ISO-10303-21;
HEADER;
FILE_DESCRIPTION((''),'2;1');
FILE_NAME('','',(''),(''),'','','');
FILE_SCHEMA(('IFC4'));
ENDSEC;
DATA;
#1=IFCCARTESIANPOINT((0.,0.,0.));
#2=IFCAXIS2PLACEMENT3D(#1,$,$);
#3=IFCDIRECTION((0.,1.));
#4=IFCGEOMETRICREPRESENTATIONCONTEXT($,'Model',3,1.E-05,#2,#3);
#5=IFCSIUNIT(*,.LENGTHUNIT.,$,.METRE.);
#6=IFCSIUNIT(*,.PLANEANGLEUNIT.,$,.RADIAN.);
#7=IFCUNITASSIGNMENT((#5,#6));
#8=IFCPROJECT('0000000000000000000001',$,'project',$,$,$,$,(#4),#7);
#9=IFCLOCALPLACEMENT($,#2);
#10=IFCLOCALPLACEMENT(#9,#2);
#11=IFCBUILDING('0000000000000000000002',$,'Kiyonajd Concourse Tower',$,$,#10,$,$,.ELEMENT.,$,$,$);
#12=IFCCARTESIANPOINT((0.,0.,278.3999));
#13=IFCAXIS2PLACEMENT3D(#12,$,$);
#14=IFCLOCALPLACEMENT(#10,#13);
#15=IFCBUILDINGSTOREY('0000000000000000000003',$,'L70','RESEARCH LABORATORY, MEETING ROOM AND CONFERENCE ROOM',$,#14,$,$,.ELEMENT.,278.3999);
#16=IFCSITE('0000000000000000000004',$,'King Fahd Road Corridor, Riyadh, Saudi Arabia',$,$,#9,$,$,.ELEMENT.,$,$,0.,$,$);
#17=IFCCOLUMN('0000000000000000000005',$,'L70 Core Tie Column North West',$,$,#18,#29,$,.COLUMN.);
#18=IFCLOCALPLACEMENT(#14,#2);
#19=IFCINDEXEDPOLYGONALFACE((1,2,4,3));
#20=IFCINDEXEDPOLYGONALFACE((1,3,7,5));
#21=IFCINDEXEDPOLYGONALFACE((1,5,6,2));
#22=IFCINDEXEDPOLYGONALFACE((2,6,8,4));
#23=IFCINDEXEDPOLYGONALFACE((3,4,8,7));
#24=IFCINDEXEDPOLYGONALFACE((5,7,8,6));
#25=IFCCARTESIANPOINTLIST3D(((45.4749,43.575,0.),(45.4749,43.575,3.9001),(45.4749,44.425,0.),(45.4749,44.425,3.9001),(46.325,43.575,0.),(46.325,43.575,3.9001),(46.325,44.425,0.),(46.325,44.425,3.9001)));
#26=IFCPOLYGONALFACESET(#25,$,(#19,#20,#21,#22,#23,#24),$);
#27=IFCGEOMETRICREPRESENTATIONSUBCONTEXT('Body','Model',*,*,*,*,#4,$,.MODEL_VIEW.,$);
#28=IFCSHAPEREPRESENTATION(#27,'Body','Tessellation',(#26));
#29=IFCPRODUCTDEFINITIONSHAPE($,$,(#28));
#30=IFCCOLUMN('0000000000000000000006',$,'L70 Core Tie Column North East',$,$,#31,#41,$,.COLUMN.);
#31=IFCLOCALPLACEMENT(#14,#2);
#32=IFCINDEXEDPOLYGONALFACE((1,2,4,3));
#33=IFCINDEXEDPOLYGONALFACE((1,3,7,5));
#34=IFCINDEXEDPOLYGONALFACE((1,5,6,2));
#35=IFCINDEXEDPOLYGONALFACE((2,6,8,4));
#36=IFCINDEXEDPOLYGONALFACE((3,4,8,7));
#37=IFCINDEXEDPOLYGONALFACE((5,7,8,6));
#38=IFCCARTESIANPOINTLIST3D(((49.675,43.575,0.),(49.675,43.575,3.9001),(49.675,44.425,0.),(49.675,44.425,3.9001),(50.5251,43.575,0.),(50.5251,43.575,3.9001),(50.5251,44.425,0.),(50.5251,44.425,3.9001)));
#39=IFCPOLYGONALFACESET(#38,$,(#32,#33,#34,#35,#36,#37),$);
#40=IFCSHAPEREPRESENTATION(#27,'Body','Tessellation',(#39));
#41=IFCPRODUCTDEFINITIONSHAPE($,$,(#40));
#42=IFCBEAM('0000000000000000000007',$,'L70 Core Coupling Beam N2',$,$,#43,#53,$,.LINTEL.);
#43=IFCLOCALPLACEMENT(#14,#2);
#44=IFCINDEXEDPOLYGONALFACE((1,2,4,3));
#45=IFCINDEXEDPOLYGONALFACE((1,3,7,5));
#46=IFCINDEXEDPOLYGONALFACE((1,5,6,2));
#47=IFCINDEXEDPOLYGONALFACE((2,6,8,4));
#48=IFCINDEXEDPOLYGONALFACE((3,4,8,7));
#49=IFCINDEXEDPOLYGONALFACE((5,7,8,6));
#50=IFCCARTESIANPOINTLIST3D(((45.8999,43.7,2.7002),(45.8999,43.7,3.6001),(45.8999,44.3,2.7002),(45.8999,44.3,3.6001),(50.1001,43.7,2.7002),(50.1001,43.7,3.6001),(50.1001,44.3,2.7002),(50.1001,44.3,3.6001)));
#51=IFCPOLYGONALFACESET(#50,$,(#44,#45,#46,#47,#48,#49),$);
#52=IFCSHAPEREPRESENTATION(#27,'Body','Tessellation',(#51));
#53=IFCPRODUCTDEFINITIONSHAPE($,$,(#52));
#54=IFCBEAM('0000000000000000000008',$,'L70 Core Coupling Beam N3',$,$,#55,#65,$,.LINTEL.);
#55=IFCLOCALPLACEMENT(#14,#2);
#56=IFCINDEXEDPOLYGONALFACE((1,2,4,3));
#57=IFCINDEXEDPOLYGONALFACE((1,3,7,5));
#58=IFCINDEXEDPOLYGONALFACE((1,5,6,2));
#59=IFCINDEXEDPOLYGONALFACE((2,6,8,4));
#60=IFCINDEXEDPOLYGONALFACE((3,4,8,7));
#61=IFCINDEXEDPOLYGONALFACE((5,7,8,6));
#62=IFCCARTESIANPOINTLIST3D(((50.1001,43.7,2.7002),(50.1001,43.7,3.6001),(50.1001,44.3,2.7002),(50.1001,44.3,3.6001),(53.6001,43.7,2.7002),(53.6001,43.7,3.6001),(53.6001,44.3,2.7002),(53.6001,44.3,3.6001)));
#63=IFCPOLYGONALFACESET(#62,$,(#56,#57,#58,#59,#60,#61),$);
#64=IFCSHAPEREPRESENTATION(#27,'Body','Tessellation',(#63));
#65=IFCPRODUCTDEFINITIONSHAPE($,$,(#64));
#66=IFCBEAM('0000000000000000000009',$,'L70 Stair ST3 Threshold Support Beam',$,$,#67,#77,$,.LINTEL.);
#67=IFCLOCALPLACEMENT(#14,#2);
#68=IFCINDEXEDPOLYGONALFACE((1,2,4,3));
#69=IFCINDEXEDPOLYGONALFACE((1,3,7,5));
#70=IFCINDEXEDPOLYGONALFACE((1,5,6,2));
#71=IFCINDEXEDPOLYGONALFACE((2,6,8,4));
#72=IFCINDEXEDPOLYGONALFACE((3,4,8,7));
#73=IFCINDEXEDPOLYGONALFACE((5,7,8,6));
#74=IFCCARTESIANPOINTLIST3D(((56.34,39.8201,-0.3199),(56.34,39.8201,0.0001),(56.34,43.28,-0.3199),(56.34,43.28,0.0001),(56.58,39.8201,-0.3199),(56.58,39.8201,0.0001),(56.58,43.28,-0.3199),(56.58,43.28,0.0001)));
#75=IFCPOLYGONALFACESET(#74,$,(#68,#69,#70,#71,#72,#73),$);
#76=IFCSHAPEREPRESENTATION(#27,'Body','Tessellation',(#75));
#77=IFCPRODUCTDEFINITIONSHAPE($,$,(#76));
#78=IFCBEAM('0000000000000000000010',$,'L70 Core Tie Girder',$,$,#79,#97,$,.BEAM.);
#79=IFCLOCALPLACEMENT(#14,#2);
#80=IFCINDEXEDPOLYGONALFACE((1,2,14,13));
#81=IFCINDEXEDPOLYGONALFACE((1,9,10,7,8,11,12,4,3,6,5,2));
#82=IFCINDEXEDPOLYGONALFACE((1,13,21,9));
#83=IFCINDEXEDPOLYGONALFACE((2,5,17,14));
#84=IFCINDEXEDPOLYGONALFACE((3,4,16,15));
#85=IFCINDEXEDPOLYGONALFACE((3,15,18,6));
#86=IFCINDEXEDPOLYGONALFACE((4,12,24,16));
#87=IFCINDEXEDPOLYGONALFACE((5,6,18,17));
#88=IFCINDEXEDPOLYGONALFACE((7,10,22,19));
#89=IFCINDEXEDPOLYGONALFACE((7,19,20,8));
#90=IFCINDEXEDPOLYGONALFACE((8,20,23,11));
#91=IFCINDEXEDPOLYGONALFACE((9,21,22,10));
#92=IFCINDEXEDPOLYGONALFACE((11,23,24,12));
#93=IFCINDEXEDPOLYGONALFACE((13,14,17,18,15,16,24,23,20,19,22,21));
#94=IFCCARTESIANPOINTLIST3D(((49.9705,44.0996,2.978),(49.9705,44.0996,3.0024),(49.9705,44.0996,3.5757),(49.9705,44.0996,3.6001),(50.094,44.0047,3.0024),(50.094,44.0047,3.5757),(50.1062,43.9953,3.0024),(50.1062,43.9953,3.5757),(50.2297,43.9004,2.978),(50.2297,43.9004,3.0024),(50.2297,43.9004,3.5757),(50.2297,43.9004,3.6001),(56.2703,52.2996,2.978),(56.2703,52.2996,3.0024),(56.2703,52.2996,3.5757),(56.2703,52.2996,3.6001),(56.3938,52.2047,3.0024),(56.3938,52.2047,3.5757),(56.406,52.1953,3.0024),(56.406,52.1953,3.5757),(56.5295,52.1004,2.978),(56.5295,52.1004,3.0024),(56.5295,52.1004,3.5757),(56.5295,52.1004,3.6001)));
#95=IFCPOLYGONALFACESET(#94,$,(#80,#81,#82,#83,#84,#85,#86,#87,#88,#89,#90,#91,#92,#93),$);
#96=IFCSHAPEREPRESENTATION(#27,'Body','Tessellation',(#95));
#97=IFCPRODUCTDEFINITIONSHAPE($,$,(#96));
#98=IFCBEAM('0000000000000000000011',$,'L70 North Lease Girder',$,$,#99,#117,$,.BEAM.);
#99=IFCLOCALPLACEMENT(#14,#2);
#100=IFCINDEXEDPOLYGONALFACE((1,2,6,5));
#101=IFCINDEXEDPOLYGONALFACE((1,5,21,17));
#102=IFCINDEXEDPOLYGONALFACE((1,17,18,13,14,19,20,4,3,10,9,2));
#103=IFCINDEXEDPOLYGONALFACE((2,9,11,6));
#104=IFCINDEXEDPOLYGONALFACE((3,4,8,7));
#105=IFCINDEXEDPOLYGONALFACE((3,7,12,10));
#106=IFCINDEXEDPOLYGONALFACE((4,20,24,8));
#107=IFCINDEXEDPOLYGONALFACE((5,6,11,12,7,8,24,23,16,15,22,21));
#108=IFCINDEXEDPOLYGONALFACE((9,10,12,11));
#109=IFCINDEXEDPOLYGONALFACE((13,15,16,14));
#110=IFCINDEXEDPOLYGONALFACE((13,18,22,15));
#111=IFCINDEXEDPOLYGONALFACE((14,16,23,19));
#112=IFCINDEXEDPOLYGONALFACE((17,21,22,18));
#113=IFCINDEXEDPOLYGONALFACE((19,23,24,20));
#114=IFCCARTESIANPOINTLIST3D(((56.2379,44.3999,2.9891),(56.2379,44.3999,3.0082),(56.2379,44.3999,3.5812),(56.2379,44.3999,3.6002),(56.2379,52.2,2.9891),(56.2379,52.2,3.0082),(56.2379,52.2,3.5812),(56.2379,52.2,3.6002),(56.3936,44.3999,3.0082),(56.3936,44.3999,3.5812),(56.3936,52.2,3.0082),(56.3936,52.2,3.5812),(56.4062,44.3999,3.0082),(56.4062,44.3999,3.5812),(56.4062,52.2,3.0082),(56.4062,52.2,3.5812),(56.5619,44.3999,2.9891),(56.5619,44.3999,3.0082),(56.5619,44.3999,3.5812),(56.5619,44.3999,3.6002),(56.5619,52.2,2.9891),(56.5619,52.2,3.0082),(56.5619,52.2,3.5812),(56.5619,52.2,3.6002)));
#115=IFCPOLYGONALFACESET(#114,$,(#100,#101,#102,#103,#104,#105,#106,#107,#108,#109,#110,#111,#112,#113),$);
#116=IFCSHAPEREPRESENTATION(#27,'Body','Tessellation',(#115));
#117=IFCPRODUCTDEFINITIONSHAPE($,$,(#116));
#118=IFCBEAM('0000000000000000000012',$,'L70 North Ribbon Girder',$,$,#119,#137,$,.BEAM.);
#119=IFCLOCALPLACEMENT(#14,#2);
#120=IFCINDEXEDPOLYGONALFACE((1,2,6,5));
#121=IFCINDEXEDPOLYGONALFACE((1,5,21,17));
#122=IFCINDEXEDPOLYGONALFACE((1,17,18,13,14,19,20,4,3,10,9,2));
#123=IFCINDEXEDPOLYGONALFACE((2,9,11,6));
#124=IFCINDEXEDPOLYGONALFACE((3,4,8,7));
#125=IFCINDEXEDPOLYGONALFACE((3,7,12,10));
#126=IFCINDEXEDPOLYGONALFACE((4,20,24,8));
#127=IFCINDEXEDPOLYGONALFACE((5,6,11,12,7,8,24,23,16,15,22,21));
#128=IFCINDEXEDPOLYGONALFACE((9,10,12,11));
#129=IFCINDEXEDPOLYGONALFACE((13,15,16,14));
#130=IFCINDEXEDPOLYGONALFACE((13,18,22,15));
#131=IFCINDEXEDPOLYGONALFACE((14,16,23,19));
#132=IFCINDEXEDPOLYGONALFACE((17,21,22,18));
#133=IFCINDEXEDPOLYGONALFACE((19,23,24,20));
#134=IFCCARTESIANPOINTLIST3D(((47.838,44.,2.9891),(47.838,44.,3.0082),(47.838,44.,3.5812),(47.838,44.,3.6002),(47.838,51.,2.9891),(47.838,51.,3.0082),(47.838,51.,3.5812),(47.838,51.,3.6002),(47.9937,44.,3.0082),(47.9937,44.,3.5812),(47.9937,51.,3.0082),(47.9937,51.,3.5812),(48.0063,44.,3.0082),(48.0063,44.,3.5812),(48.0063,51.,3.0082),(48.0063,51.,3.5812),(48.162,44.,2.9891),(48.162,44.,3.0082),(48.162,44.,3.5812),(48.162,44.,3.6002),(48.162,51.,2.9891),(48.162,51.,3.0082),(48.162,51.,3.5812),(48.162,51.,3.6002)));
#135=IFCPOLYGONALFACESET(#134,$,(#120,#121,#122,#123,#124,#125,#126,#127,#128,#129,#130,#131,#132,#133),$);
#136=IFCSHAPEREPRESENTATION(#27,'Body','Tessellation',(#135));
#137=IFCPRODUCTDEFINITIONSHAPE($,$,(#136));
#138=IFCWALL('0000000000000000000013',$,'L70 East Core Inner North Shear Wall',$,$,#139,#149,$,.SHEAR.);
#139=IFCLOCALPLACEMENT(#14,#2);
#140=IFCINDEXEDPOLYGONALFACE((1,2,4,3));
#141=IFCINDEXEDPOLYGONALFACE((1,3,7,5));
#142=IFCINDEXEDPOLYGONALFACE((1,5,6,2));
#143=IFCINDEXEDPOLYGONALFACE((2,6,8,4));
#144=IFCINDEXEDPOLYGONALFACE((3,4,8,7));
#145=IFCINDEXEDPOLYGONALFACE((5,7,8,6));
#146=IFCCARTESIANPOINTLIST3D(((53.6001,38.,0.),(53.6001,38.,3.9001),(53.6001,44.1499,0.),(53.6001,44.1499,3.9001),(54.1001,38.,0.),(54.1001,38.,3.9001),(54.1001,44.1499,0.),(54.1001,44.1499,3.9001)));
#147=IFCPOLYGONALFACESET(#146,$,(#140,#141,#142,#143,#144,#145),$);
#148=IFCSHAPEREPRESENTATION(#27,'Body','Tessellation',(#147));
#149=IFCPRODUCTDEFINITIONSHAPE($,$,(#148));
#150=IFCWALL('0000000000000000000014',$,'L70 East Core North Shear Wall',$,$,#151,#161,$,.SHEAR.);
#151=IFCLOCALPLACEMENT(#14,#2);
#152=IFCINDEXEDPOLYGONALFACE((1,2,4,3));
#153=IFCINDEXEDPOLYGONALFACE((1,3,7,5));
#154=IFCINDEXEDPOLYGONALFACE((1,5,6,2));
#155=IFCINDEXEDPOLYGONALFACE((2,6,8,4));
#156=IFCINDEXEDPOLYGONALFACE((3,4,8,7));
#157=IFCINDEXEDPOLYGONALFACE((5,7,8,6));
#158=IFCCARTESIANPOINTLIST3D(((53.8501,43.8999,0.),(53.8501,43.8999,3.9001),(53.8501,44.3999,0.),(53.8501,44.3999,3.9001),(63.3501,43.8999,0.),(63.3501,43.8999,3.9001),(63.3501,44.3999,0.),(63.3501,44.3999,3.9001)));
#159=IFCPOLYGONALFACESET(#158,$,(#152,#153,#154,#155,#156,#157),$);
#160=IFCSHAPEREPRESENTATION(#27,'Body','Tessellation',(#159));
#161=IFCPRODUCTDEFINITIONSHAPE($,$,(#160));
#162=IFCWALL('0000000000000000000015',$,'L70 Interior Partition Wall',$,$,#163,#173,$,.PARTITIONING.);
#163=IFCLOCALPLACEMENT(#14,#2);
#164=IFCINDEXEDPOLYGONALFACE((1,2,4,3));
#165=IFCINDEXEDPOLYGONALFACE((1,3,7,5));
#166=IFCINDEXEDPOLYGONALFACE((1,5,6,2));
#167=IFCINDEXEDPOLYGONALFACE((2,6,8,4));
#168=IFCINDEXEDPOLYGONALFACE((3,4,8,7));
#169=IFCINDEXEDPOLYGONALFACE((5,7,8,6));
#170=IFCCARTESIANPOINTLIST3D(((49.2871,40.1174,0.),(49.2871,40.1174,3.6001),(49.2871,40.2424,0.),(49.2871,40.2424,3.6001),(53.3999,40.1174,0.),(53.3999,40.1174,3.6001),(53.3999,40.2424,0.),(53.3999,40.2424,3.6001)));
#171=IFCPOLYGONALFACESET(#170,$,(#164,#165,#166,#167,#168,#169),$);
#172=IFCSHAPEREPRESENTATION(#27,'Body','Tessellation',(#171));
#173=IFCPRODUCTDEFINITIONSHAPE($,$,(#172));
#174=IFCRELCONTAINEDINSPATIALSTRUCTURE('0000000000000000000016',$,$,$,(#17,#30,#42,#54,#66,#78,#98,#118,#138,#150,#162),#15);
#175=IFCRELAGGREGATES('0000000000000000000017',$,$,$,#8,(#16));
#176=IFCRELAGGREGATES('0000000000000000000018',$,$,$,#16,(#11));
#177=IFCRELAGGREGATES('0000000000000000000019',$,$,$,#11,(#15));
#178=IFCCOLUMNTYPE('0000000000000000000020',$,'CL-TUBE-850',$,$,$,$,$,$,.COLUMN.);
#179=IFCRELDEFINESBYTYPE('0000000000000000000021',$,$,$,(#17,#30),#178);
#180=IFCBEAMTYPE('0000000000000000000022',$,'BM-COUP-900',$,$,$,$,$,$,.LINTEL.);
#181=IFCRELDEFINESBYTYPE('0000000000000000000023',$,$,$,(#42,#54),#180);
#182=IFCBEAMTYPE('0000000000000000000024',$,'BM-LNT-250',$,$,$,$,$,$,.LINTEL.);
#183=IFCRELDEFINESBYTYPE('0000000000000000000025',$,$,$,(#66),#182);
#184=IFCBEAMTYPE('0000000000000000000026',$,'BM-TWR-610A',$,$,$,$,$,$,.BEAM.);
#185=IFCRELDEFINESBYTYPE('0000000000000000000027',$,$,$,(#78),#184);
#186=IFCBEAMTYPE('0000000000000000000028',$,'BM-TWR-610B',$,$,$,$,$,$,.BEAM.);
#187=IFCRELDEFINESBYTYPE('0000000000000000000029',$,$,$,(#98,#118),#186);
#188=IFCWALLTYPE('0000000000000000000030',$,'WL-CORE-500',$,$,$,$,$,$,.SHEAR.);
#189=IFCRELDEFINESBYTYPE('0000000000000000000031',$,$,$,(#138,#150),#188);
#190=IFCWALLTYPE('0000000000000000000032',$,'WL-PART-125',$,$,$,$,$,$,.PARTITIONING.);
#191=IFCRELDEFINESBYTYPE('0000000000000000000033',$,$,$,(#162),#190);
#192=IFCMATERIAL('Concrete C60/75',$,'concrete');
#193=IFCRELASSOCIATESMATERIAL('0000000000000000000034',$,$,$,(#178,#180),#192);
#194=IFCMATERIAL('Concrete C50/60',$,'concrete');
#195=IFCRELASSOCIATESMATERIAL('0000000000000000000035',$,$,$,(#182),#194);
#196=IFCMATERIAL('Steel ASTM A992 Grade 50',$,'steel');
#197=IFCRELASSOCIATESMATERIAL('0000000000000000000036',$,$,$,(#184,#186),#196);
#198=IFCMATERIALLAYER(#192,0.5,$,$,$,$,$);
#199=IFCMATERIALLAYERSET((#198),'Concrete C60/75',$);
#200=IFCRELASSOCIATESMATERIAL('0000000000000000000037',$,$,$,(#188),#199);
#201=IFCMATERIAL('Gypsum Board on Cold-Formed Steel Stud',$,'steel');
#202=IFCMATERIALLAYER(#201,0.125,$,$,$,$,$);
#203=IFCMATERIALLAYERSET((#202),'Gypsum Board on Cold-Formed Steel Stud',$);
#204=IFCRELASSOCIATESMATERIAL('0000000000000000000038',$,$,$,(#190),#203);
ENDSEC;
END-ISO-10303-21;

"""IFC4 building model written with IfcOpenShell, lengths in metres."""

from ifc_helpers import new_model, si_unit, direction, frame, frame_2d, origin, origin_2d, place, context, subcontext, project, spatial, rectangle, i_section, extrude, material, layer, layer_set, material_profile, profile_set, type_object, element, save


model = new_model("IFC4")

# Units and contexts
model_context = context("Model", 3, precision=1e-05, world=origin(), true_north=direction((0.0, 1.0)))
body_context = subcontext(model_context, "Body", "Model", "MODEL_VIEW")
ifc_project = project(units=[si_unit("LENGTHUNIT", "METRE"), si_unit("PLANEANGLEUNIT", "RADIAN")], contexts=[model_context])

# Site, building, storey
site_placement = place(None, origin())
site = spatial("IfcSite", under=ifc_project, at=site_placement, Name="King Fahd Road Corridor, Riyadh, Saudi Arabia", CompositionType="ELEMENT", RefElevation=0.0)
building_placement = place(site_placement, origin())
building = spatial("IfcBuilding", under=site, at=building_placement, Name="Kiyonajd Concourse Tower", CompositionType="ELEMENT")
storey_placement = place(building_placement, frame((0.0, 0.0, 278.3999)))
storey = spatial("IfcBuildingStorey", under=building, at=storey_placement, Name="L70", Description="RESEARCH LABORATORY, MEETING ROOM AND CONFERENCE ROOM", CompositionType="ELEMENT", Elevation=278.3999)

# Columns
ifc_material_1 = material(Name="Concrete C60/75", Category="concrete")
ifc_material_profile_1 = material_profile(ifc_material_1, rectangle(XDim=0.8501, YDim=0.8501, at=origin_2d()), Name="RC-850x850")
ifc_profile_set_1 = profile_set([ifc_material_profile_1], Name="Concrete C60/75")
column_type = type_object("IfcColumnType", Name="CL-TUBE-850", PredefinedType="COLUMN", material=ifc_profile_set_1)
for number, where, z_axis, x_axis, name in (
    (1, (45.8999, 44.0, 0.0), (0.0, 0.0, 1.0), (1.0, 0.0, 0.0), "L70 Core Tie Column North West"),
    (2, (50.1001, 44.0, 0.0), (0.0, 0.0, 1.0), (1.0, 0.0, 0.0), "L70 Core Tie Column North East"),
):
    element("IfcColumn", number, at=place(storey_placement, frame(where, z_axis=z_axis, x_axis=x_axis)), inside=storey, type_object=column_type, Name=name, PredefinedType="COLUMN", context=body_context, shape_type="SweptSolid", body=[
        extrude(rectangle(XDim=0.8501, YDim=0.8501, at=origin_2d()), origin(), (0.0, 0.0, 1.0), 3.9001),
    ])

# Beams
ifc_material_profile_2 = material_profile(ifc_material_1, rectangle(XDim=0.6001, YDim=0.8999, at=origin_2d()), Name="RCBM-600x900")
ifc_profile_set_2 = profile_set([ifc_material_profile_2], Name="Concrete C60/75")
beam_type_1 = type_object("IfcBeamType", Name="BM-COUP-900", PredefinedType="LINTEL", material=ifc_profile_set_2)
beam_1_placement = place(storey_placement, frame((45.8999, 44.0, 3.1501), z_axis=(1.0, 0.0, 0.0), x_axis=(0.0, 1.0, 0.0)))
element("IfcBeam", 3, at=beam_1_placement, inside=storey, type_object=beam_type_1, Name="L70 Core Coupling Beam N2", PredefinedType="LINTEL", context=body_context, shape_type="SweptSolid", body=[
    extrude(rectangle(XDim=0.6001, YDim=0.8999, at=origin_2d()), origin(), (0.0, 0.0, 1.0), 4.2002),
])
beam_2_placement = place(storey_placement, frame((50.1001, 44.0, 3.1501), z_axis=(1.0, 0.0, 0.0), x_axis=(0.0, 1.0, 0.0)))
element("IfcBeam", 4, at=beam_2_placement, inside=storey, type_object=beam_type_1, Name="L70 Core Coupling Beam N3", PredefinedType="LINTEL", context=body_context, shape_type="SweptSolid", body=[
    extrude(rectangle(XDim=0.6001, YDim=0.8999, at=origin_2d()), origin(), (0.0, 0.0, 1.0), 3.5),
])
ifc_material_2 = material(Name="Concrete C50/60", Category="concrete")
ifc_material_profile_3 = material_profile(ifc_material_2, rectangle(XDim=0.24, YDim=0.3201, at=origin_2d()), Name="RCBM-240x320")
ifc_profile_set_3 = profile_set([ifc_material_profile_3], Name="Concrete C50/60")
beam_type_2 = type_object("IfcBeamType", Name="BM-LNT-250", PredefinedType="LINTEL", material=ifc_profile_set_3)
beam_3_placement = place(storey_placement, frame((56.46, 39.8201, -0.1599), z_axis=(0.0, 1.0, 0.0), x_axis=(-1.0, 0.0, 0.0)))
element("IfcBeam", 5, at=beam_3_placement, inside=storey, type_object=beam_type_2, Name="L70 Stair ST3 Threshold Support Beam", PredefinedType="LINTEL", context=body_context, shape_type="SweptSolid", body=[
    extrude(rectangle(XDim=0.24, YDim=0.3201, at=origin_2d()), origin(), (0.0, 0.0, 1.0), 3.46),
])
ifc_material_3 = material(Name="Steel ASTM A992 Grade 50", Category="steel")
ifc_material_profile_4 = material_profile(ifc_material_3, i_section(OverallWidth=0.3269, OverallDepth=0.6221, WebThickness=0.0154, FlangeThickness=0.0244, at=origin_2d()), Name="W610X195")
ifc_profile_set_4 = profile_set([ifc_material_profile_4], Name="Steel ASTM A992 Grade 50")
beam_type_3 = type_object("IfcBeamType", Name="BM-TWR-610A", PredefinedType="BEAM", material=ifc_profile_set_4)
beam_4_placement = place(storey_placement, frame((50.1001, 44.0, 3.2891), z_axis=(0.609234, 0.792991, 0.0), x_axis=(-0.792991, 0.609234, 0.0)))
element("IfcBeam", 6, at=beam_4_placement, inside=storey, type_object=beam_type_3, Name="L70 Core Tie Girder", PredefinedType="BEAM", context=body_context, shape_type="SweptSolid", body=[
    extrude(i_section(OverallWidth=0.3269, OverallDepth=0.6221, WebThickness=0.0154, FlangeThickness=0.0244, at=origin_2d()), origin(), (0.0, 0.0, 1.0), 10.3406),
])
ifc_material_profile_5 = material_profile(ifc_material_3, i_section(OverallWidth=0.324, OverallDepth=0.6111, WebThickness=0.0127, FlangeThickness=0.019, at=origin_2d()), Name="W610X155")
ifc_profile_set_5 = profile_set([ifc_material_profile_5], Name="Steel ASTM A992 Grade 50")
beam_type_4 = type_object("IfcBeamType", Name="BM-TWR-610B", PredefinedType="BEAM", material=ifc_profile_set_5)
beam_5_placement = place(storey_placement, frame((56.3999, 44.3999, 3.2947), z_axis=(0.0, 1.0, 0.0), x_axis=(-1.0, 0.0, 0.0)))
element("IfcBeam", 7, at=beam_5_placement, inside=storey, type_object=beam_type_4, Name="L70 North Lease Girder", PredefinedType="BEAM", context=body_context, shape_type="SweptSolid", body=[
    extrude(i_section(OverallWidth=0.324, OverallDepth=0.6111, WebThickness=0.0127, FlangeThickness=0.019, at=origin_2d()), origin(), (0.0, 0.0, 1.0), 7.8),
])
beam_6_placement = place(storey_placement, frame((48.0, 44.0, 3.2947), z_axis=(0.0, 1.0, 0.0), x_axis=(-1.0, 0.0, 0.0)))
element("IfcBeam", 8, at=beam_6_placement, inside=storey, type_object=beam_type_4, Name="L70 North Ribbon Girder", PredefinedType="BEAM", context=body_context, shape_type="SweptSolid", body=[
    extrude(i_section(OverallWidth=0.324, OverallDepth=0.6111, WebThickness=0.0127, FlangeThickness=0.019, at=origin_2d()), origin(), (0.0, 0.0, 1.0), 7.0),
])

# Walls
ifc_layer_1 = layer(ifc_material_1, 0.5)
ifc_layer_set_1 = layer_set([ifc_layer_1], Name="Concrete C60/75")
wall_type_1 = type_object("IfcWallType", Name="WL-CORE-500", PredefinedType="SHEAR", material=ifc_layer_set_1)
wall_1_placement = place(storey_placement, frame((53.8501, 38.0, 0.0), z_axis=(0.0, 0.0, 1.0), x_axis=(0.0, 1.0, 0.0)))
element("IfcWall", 9, at=wall_1_placement, inside=storey, type_object=wall_type_1, Name="L70 East Core Inner North Shear Wall", PredefinedType="SHEAR", context=body_context, shape_type="SweptSolid", body=[
    extrude(rectangle(XDim=6.1499, YDim=0.5, at=frame_2d((3.075, 0.0))), origin(), (0.0, 0.0, 1.0), 3.9001),
])
wall_2_placement = place(storey_placement, frame((53.8501, 44.1499, 0.0), z_axis=(0.0, 0.0, 1.0), x_axis=(1.0, 0.0, 0.0)))
element("IfcWall", 10, at=wall_2_placement, inside=storey, type_object=wall_type_1, Name="L70 East Core North Shear Wall", PredefinedType="SHEAR", context=body_context, shape_type="SweptSolid", body=[
    extrude(rectangle(XDim=9.5, YDim=0.5, at=frame_2d((4.75, 0.0))), origin(), (0.0, 0.0, 1.0), 3.9001),
])
ifc_material_4 = material(Name="Gypsum Board on Cold-Formed Steel Stud", Category="steel")
ifc_layer_2 = layer(ifc_material_4, 0.125)
ifc_layer_set_2 = layer_set([ifc_layer_2], Name="Gypsum Board on Cold-Formed Steel Stud")
wall_type_2 = type_object("IfcWallType", Name="WL-PART-125", PredefinedType="PARTITIONING", material=ifc_layer_set_2)
wall_3_placement = place(storey_placement, frame((49.2871, 40.1799, 0.0), z_axis=(0.0, 0.0, 1.0), x_axis=(1.0, 0.0, 0.0)))
element("IfcWall", 11, at=wall_3_placement, inside=storey, type_object=wall_type_2, Name="L70 Interior Partition Wall", PredefinedType="PARTITIONING", context=body_context, shape_type="SweptSolid", body=[
    extrude(rectangle(XDim=4.1128, YDim=0.125, at=frame_2d((2.0564, 0.0))), origin(), (0.0, 0.0, 1.0), 3.6001),
])

save(model, "model.ifc")
